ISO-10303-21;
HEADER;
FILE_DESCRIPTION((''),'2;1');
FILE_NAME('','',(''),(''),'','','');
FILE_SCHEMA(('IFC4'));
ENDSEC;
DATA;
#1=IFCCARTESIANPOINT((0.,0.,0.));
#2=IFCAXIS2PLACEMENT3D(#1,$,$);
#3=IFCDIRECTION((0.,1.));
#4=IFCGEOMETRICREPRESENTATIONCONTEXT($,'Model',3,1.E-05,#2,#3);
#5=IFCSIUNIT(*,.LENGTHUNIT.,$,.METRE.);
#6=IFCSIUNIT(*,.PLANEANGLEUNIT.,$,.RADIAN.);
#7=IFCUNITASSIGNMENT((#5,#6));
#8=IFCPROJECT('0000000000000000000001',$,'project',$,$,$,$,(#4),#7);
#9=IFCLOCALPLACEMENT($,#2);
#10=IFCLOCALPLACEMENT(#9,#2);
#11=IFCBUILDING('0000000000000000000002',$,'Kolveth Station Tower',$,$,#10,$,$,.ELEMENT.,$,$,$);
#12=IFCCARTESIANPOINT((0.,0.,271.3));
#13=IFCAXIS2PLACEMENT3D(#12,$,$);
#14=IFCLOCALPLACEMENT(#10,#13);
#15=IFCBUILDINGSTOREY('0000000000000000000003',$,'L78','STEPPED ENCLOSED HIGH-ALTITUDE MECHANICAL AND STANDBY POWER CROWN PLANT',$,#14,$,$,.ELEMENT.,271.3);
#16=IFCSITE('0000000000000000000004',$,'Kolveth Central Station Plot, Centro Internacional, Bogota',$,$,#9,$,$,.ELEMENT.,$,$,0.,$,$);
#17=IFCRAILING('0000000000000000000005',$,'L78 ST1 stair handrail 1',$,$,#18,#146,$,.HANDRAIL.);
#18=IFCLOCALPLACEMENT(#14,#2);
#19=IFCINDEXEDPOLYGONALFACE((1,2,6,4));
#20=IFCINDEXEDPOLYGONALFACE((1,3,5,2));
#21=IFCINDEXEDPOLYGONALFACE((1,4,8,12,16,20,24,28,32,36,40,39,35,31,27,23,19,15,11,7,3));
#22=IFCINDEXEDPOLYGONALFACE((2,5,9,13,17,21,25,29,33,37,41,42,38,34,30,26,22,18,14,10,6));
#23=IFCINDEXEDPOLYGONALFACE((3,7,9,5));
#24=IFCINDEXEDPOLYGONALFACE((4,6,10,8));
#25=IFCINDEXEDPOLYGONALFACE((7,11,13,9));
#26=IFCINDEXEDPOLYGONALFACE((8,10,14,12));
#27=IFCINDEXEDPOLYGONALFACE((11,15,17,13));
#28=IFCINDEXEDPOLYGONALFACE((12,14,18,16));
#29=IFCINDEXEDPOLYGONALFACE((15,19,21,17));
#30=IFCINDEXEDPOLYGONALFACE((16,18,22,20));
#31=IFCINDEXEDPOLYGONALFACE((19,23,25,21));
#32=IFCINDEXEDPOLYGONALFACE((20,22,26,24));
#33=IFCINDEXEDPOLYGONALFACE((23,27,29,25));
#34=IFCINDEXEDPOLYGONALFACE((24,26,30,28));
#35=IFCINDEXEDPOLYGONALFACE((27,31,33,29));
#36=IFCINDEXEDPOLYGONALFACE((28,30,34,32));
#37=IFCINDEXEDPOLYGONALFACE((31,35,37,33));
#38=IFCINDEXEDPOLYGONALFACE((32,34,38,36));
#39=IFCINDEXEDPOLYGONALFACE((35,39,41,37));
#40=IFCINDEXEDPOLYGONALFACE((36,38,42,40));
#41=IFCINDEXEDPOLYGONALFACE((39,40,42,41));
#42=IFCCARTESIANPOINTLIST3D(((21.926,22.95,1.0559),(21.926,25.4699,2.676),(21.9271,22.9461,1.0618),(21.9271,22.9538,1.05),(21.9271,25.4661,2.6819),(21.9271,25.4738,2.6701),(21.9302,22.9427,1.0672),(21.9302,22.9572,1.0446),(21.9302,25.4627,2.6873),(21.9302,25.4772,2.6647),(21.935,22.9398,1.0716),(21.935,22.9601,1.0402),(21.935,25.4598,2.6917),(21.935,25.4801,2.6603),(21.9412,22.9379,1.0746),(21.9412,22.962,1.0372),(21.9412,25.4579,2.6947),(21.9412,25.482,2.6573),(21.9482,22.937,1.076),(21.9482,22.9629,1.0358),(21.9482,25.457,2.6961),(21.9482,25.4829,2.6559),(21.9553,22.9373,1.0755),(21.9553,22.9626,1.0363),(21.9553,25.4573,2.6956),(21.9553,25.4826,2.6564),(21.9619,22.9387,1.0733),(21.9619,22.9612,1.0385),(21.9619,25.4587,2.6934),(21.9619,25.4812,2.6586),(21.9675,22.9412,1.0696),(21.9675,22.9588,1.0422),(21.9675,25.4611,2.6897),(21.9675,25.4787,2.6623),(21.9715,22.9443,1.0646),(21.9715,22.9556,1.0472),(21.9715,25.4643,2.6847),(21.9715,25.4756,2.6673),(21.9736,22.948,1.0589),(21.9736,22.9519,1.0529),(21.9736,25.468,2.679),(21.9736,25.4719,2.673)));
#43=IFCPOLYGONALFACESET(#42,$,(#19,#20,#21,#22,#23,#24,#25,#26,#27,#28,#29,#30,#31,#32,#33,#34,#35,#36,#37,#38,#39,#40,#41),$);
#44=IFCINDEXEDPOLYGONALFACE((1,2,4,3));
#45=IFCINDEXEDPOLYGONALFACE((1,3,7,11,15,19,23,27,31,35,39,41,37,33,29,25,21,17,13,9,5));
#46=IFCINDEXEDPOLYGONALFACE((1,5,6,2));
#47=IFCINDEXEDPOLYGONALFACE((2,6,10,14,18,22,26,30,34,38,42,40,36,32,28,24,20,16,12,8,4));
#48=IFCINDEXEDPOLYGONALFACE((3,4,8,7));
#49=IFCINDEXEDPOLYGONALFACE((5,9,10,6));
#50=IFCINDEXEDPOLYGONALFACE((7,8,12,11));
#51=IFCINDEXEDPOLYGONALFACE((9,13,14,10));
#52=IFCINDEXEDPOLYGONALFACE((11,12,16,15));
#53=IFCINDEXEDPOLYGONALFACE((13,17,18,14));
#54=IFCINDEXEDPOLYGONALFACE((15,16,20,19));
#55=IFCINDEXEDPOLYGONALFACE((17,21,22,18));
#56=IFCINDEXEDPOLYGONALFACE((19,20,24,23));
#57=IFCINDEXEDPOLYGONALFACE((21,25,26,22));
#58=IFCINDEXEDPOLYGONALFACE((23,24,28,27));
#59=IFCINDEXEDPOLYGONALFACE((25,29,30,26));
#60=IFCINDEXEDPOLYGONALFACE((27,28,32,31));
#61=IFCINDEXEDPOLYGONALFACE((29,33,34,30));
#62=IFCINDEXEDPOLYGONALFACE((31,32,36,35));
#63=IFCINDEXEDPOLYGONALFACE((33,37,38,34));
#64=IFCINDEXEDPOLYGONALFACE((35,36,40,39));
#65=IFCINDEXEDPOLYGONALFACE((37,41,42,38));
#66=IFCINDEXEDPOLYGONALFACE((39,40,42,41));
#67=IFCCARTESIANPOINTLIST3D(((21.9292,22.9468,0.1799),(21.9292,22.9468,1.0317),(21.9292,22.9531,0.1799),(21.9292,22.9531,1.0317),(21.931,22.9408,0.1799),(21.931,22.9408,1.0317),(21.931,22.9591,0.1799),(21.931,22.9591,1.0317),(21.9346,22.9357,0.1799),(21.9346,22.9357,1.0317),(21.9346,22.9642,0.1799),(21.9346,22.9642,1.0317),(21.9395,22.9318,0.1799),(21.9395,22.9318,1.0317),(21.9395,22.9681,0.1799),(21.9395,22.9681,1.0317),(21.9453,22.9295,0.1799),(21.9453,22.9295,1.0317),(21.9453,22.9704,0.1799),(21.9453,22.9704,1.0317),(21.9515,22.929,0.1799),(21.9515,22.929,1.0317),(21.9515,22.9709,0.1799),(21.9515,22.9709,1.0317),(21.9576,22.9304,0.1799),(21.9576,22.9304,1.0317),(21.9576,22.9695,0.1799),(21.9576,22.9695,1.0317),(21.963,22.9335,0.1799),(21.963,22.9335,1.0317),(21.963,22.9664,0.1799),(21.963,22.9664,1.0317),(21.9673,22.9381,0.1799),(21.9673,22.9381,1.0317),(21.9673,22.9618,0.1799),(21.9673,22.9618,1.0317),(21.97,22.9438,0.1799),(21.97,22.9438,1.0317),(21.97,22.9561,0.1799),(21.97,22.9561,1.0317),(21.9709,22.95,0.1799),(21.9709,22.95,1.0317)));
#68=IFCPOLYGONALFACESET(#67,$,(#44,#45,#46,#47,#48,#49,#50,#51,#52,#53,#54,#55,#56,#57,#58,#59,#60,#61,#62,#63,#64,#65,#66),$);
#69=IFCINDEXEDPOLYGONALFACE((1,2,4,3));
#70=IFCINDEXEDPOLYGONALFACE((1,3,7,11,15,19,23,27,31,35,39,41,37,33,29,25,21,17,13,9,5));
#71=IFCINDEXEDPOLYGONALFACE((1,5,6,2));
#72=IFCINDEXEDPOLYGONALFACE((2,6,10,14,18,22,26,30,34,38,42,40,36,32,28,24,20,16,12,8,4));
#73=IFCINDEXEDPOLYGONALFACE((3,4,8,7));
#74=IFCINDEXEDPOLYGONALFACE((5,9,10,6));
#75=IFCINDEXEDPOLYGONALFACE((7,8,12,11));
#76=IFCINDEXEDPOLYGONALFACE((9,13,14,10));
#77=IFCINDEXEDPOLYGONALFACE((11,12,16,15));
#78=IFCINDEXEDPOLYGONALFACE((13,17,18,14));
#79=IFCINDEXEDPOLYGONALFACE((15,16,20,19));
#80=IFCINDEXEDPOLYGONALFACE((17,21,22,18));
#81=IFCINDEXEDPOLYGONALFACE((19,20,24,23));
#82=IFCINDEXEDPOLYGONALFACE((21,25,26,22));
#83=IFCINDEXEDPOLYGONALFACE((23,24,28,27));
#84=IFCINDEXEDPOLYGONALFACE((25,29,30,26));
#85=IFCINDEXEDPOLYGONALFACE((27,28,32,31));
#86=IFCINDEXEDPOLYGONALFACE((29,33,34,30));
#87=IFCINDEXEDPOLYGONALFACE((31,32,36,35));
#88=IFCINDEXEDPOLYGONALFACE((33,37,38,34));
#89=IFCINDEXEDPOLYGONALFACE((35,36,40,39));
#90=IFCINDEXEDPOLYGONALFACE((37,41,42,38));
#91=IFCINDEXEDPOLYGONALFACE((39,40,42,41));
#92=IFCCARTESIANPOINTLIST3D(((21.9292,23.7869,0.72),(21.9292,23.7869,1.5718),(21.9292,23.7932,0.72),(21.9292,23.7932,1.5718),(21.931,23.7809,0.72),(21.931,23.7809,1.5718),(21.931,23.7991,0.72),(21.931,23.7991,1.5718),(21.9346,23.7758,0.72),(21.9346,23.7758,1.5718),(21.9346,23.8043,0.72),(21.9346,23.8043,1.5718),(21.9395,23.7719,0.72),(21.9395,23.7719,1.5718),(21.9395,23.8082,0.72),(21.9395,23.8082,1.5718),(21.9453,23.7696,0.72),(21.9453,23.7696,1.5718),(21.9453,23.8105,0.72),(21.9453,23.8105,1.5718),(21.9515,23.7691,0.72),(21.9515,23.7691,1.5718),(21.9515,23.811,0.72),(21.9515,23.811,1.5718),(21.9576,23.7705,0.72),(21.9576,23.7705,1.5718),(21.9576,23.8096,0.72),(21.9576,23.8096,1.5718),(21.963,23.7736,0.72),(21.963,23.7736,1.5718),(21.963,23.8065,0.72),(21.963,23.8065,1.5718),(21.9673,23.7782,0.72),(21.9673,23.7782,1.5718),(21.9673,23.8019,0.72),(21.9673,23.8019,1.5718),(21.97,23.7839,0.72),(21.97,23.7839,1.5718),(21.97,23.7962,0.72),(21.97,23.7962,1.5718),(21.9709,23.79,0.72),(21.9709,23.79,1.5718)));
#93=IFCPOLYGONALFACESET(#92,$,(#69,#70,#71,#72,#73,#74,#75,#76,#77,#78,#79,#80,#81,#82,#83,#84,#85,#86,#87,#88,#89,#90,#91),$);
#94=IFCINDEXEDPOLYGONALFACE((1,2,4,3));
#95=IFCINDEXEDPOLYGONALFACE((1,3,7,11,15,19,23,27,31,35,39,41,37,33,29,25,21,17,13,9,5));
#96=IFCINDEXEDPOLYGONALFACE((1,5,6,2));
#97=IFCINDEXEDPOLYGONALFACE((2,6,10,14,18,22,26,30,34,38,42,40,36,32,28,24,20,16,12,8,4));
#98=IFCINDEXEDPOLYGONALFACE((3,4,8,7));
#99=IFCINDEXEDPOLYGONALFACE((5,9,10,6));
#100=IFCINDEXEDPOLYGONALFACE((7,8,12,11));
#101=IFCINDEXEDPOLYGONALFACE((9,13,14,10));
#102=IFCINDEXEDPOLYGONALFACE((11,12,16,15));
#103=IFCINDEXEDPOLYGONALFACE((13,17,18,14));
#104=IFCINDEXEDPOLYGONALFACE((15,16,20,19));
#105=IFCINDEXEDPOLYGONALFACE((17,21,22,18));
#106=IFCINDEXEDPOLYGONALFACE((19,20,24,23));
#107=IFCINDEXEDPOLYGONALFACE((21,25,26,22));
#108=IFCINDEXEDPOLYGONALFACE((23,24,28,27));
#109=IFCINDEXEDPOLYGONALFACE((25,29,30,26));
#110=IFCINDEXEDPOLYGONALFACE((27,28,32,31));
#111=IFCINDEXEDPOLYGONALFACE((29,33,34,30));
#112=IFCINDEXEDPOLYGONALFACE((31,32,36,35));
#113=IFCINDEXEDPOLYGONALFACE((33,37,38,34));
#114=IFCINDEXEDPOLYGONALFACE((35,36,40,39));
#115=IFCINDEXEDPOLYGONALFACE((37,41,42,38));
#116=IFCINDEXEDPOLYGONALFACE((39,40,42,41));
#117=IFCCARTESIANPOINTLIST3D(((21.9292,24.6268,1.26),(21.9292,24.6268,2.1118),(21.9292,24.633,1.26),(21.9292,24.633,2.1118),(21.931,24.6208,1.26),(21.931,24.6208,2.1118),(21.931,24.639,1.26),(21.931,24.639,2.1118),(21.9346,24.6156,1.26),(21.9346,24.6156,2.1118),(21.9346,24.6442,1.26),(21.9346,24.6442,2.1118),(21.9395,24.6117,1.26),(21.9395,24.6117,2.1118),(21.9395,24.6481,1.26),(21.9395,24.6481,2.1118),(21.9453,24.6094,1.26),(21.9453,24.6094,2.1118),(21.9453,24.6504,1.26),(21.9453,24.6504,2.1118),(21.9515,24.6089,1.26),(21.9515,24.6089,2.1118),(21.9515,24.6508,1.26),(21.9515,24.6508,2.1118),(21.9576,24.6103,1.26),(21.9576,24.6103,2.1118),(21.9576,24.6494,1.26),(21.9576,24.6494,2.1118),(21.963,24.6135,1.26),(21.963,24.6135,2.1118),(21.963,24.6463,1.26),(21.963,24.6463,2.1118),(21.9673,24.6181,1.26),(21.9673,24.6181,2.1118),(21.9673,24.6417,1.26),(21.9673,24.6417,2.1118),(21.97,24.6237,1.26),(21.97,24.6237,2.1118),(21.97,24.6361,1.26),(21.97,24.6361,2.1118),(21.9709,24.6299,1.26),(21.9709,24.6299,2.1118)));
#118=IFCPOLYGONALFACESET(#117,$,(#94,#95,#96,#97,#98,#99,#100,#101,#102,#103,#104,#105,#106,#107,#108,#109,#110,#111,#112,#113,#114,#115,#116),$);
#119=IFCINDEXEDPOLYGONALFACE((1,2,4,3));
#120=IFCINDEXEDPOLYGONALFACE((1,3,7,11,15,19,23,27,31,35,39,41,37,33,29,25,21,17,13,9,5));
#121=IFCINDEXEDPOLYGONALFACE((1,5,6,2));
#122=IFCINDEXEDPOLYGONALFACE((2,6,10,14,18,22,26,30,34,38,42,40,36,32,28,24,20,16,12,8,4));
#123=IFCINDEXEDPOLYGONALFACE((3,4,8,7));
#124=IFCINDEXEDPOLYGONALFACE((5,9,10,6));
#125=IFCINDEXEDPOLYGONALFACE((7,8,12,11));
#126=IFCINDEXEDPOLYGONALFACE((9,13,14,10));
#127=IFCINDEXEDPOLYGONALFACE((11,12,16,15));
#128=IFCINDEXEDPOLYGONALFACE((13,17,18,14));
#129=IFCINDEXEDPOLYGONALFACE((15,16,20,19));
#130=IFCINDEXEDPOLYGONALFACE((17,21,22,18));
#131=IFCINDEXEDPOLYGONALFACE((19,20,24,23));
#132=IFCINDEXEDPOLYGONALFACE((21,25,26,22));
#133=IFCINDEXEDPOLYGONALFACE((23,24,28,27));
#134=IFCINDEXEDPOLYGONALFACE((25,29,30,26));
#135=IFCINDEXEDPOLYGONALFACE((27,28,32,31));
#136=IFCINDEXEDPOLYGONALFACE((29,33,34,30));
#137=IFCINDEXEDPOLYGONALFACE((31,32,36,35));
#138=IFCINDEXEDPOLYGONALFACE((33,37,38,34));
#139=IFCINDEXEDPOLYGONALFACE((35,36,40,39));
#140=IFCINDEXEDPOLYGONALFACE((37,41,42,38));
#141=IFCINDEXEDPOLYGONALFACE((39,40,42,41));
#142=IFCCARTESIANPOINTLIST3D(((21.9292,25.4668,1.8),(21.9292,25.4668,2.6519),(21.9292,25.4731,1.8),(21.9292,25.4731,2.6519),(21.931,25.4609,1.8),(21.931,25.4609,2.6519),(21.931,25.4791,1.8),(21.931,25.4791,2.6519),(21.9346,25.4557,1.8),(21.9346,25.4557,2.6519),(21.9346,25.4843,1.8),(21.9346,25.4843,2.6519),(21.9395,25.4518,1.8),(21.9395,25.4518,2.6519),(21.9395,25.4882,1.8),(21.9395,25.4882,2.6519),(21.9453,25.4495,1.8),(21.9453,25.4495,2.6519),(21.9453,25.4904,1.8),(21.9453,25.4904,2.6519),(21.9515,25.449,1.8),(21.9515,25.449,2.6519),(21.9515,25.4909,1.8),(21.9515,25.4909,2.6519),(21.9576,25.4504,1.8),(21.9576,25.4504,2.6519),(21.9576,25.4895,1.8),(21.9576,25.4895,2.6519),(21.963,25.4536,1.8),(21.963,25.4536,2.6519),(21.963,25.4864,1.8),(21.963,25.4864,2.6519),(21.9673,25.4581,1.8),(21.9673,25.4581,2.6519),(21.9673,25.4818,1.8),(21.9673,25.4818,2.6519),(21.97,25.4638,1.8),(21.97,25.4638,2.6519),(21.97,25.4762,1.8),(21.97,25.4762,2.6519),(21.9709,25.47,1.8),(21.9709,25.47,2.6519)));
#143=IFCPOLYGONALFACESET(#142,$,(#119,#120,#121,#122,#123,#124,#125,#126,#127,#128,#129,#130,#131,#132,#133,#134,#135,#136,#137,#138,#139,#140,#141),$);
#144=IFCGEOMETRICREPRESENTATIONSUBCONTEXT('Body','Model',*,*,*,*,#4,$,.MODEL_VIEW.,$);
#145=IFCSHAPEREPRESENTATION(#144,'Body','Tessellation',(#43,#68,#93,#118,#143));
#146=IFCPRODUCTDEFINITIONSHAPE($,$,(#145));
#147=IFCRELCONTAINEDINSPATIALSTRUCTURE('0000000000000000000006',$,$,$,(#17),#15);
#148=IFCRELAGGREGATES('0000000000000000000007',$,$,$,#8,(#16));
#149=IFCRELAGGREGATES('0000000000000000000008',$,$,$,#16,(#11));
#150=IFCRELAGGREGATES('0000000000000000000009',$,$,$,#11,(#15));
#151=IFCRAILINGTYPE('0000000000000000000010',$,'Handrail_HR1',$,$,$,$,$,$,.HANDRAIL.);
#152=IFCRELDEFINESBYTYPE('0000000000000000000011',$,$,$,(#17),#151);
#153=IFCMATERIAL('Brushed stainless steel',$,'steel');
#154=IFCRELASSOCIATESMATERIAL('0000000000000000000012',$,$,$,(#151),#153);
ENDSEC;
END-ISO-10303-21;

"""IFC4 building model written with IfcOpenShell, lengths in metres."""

from ifc_helpers import new_model, si_unit, direction, frame, origin, origin_2d, place, context, subcontext, project, spatial, circle, extrude, material, type_object, element, save


model = new_model("IFC4")

# Units and contexts
model_context = context("Model", 3, precision=1e-05, world=origin(), true_north=direction((0.0, 1.0)))
body_context = subcontext(model_context, "Body", "Model", "MODEL_VIEW")
ifc_project = project(units=[si_unit("LENGTHUNIT", "METRE"), si_unit("PLANEANGLEUNIT", "RADIAN")], contexts=[model_context])

# Site, building, storey
site_placement = place(None, origin())
site = spatial("IfcSite", under=ifc_project, at=site_placement, Name="Kolveth Central Station Plot, Centro Internacional, Bogota", CompositionType="ELEMENT", RefElevation=0.0)
building_placement = place(site_placement, origin())
building = spatial("IfcBuilding", under=site, at=building_placement, Name="Kolveth Station Tower", CompositionType="ELEMENT")
storey_placement = place(building_placement, frame((0.0, 0.0, 271.3)))
storey = spatial("IfcBuildingStorey", under=building, at=storey_placement, Name="L78", Description="STEPPED ENCLOSED HIGH-ALTITUDE MECHANICAL AND STANDBY POWER CROWN PLANT", CompositionType="ELEMENT", Elevation=271.3)

# Railing
ifc_material_1 = material(Name="Brushed stainless steel", Category="steel")
railing_type_1 = type_object("IfcRailingType", Name="Handrail_HR1", PredefinedType="HANDRAIL", material=ifc_material_1)
for number, where, name in (
    (1, (21.95, 22.95, 0.1799), "L78 ST1 stair handrail 1"),
):
    element("IfcRailing", number, at=place(storey_placement, frame(where)), inside=storey, type_object=railing_type_1, Name=name, PredefinedType="HANDRAIL", context=body_context, shape_type="SweptSolid", body=[
        extrude(circle(Radius=0.0239, at=origin_2d()), frame((0.0, 0.0, 0.876), z_axis=(0.0, 0.841163, 0.540782), x_axis=(-1.0, 0.0, 0.0)), (0.0, 0.0, 1.0), 2.9958),
        extrude(circle(Radius=0.021, at=origin_2d()), origin(), (0.0, 0.0, 1.0), 0.8518),
        extrude(circle(Radius=0.021, at=origin_2d()), frame((0.0, 0.8401, 0.54)), (0.0, 0.0, 1.0), 0.8518),
        extrude(circle(Radius=0.021, at=origin_2d()), frame((0.0, 1.6799, 1.0801)), (0.0, 0.0, 1.0), 0.8518),
        extrude(circle(Radius=0.021, at=origin_2d()), frame((0.0, 2.52, 1.6201)), (0.0, 0.0, 1.0), 0.8518),
    ])

save(model, "model.ifc")
